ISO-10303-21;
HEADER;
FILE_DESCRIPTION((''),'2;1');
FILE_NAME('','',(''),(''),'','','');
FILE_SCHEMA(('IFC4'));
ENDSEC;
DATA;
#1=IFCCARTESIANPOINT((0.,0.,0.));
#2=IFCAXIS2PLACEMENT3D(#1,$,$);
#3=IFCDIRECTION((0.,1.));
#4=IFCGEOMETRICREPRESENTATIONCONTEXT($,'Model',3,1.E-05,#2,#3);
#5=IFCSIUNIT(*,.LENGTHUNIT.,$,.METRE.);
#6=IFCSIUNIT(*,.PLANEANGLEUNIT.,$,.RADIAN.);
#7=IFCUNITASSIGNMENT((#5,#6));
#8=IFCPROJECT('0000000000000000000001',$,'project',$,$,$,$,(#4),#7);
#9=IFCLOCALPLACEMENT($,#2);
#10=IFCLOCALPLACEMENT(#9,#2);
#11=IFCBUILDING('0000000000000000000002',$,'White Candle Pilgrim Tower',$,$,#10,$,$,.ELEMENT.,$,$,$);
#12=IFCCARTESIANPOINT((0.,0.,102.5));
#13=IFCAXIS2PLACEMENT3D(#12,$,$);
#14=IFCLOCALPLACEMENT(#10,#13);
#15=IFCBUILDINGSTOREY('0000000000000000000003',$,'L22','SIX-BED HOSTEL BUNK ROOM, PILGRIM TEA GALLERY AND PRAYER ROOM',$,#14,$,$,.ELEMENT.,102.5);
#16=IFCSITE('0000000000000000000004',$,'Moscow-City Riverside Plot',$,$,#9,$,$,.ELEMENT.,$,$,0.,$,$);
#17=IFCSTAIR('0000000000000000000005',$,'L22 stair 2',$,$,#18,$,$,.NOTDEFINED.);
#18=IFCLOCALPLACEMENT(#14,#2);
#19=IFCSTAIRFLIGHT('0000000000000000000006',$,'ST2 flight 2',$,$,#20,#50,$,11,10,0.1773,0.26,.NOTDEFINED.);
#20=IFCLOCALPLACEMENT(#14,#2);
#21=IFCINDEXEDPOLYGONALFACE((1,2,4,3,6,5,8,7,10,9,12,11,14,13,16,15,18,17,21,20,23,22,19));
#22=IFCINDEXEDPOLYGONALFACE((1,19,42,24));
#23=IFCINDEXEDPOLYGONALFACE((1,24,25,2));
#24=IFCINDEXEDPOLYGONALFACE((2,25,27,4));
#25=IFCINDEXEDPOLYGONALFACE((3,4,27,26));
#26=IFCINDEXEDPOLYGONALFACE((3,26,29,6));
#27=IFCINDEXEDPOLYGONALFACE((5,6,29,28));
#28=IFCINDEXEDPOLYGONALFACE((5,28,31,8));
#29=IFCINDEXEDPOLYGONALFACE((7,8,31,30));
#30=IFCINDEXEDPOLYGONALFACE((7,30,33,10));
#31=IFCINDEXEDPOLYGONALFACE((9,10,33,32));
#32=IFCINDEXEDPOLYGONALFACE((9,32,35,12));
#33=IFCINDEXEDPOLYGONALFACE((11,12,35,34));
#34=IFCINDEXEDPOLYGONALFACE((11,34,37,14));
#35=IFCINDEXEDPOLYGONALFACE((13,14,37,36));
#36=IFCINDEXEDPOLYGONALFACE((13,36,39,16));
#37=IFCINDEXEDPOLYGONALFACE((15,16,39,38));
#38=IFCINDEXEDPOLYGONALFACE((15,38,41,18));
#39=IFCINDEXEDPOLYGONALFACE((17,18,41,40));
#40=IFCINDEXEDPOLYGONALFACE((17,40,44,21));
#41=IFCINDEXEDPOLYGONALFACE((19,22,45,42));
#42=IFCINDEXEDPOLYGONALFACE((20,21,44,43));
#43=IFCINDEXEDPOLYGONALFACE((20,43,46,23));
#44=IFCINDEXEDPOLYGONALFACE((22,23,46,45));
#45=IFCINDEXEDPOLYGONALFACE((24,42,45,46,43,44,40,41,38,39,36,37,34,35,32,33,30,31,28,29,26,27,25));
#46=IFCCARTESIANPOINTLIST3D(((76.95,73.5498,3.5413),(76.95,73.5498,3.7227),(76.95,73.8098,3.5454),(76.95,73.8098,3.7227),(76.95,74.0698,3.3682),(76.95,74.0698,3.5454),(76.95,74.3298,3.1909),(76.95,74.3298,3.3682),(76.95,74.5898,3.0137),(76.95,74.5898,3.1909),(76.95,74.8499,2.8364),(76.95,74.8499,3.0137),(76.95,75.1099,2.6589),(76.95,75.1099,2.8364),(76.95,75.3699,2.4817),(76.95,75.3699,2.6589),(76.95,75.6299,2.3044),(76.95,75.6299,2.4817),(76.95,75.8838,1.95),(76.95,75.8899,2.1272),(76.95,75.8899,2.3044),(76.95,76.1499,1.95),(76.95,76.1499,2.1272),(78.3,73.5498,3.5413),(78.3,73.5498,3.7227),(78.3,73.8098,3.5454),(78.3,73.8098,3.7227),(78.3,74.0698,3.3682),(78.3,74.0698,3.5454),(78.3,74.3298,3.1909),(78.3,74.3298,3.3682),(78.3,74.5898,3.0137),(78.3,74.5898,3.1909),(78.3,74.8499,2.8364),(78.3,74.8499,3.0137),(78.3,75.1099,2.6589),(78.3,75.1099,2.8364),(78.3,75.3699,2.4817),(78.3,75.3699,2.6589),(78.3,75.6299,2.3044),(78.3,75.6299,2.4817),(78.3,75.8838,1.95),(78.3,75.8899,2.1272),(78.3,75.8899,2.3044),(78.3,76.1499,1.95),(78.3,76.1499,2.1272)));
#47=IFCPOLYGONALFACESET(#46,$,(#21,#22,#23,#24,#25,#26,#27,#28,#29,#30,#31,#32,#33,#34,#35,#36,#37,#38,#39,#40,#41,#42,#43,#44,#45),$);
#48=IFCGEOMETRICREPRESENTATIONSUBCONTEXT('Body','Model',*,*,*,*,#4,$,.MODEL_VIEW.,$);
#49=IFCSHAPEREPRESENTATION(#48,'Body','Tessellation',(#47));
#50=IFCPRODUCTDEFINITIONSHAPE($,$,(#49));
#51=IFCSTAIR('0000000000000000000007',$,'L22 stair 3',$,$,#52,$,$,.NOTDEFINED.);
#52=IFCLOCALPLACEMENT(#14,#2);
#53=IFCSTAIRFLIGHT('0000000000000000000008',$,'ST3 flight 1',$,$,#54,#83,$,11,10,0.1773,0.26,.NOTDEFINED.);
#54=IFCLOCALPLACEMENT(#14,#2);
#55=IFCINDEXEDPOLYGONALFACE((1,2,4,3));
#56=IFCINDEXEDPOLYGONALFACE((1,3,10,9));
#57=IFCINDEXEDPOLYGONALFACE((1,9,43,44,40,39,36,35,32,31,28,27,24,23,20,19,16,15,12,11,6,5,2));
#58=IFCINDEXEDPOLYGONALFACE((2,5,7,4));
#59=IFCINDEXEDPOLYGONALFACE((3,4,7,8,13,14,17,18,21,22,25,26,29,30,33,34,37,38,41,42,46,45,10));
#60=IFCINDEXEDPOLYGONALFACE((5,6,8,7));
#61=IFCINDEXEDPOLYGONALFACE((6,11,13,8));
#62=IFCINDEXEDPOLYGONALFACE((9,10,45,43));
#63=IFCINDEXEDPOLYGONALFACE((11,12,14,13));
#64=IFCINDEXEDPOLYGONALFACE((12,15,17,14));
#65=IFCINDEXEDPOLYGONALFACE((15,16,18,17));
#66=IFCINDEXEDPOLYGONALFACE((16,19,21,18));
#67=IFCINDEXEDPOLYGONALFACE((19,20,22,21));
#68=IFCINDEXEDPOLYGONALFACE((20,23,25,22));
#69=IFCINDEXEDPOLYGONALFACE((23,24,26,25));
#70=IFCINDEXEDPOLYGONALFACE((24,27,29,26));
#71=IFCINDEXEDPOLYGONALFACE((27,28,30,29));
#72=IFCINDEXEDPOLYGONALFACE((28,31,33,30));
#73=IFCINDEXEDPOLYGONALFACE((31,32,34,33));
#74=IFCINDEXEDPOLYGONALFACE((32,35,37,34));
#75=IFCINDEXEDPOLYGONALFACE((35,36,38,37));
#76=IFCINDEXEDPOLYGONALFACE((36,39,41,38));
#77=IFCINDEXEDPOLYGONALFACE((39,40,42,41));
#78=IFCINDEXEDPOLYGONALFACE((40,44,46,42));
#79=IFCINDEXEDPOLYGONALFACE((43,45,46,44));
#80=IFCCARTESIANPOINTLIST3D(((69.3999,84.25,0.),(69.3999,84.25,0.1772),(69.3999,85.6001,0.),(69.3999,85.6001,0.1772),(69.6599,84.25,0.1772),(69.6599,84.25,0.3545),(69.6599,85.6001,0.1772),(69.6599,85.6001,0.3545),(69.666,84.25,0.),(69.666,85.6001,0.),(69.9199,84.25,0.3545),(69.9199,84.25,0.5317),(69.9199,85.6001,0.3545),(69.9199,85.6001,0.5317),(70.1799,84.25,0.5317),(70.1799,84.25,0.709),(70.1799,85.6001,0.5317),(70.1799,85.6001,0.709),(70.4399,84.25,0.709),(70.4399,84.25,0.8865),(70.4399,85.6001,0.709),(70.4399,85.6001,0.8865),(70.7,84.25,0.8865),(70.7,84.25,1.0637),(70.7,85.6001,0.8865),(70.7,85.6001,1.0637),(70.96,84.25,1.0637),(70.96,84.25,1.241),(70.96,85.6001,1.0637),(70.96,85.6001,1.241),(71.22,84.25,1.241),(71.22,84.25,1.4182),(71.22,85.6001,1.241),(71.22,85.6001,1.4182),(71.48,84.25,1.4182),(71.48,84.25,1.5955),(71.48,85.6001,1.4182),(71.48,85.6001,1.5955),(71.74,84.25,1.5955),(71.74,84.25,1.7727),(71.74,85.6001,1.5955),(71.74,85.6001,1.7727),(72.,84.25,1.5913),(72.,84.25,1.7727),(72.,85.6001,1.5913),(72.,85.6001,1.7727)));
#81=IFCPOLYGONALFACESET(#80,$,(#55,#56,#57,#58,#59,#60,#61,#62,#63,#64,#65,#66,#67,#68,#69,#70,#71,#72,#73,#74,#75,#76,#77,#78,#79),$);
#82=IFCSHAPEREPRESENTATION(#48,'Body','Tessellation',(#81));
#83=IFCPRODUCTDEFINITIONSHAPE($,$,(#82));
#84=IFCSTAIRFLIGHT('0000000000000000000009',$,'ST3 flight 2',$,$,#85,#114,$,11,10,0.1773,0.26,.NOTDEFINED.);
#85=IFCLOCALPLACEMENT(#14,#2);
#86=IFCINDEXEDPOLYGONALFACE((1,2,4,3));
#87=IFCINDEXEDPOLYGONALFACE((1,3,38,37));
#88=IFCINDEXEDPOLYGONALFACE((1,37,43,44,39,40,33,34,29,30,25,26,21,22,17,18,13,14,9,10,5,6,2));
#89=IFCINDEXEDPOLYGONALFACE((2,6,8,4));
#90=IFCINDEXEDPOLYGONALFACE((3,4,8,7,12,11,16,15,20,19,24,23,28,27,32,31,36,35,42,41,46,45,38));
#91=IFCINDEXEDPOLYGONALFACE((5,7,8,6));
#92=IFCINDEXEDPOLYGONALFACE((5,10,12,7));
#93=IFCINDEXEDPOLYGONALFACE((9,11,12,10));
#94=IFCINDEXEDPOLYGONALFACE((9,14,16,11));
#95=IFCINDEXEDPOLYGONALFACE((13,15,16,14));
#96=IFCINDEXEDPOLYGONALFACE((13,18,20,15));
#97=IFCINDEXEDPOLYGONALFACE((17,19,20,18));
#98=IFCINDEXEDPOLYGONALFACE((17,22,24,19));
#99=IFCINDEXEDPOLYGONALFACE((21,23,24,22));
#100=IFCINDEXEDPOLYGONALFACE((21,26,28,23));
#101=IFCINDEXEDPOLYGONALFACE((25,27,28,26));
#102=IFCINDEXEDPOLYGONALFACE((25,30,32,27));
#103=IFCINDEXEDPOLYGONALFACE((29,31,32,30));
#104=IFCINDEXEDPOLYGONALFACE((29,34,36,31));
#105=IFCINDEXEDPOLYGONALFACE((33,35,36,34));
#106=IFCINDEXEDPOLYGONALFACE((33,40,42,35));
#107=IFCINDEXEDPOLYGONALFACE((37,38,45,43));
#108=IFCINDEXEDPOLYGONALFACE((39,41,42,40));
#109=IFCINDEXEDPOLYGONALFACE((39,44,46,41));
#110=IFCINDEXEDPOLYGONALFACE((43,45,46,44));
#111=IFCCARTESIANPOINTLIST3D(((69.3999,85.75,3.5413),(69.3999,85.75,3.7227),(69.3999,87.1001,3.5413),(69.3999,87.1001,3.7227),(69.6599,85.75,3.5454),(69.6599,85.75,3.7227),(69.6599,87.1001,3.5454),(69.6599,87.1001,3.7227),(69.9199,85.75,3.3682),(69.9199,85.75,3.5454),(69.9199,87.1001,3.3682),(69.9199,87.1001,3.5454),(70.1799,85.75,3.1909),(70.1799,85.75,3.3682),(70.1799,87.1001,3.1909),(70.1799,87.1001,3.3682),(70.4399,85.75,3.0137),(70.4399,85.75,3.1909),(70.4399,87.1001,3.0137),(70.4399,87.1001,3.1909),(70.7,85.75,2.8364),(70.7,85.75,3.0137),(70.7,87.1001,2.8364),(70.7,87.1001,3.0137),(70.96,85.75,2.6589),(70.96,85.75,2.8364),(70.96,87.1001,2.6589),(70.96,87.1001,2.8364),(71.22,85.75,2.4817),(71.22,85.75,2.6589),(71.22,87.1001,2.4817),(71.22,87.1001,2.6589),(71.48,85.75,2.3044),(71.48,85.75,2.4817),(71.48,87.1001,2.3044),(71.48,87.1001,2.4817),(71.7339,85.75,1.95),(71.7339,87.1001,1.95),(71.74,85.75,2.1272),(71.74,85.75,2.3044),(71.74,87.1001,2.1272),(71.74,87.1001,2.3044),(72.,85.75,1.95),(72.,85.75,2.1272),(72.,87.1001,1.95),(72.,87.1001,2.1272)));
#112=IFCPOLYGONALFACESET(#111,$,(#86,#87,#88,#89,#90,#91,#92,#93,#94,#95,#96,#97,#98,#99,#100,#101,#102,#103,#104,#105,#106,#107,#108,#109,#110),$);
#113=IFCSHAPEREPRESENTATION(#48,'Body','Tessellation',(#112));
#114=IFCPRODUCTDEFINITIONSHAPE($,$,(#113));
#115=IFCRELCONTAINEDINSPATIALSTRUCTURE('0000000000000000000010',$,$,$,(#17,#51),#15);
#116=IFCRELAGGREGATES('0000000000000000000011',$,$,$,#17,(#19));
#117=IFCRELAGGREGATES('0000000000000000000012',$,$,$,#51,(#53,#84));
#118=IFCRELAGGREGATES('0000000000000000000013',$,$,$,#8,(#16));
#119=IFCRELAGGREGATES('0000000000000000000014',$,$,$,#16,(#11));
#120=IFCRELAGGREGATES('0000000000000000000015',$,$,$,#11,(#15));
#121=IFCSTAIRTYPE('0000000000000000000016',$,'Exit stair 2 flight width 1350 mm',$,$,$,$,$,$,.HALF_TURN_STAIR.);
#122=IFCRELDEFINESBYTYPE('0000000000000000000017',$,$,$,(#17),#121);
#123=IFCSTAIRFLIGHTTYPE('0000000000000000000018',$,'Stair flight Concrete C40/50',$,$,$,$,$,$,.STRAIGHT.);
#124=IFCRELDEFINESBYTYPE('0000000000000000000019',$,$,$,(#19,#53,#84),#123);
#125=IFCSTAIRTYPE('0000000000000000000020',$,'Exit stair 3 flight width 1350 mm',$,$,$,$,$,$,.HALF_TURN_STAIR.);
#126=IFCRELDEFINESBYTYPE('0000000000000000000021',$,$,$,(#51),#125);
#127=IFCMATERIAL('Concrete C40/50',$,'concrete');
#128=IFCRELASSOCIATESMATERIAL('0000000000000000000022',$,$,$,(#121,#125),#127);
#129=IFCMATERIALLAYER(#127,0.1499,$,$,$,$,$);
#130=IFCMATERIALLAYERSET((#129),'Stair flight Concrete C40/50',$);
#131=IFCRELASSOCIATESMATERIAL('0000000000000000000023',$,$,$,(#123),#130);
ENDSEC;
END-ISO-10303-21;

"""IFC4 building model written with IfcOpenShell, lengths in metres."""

from ifc_helpers import new_model, si_unit, direction, frame, origin, place, context, subcontext, project, spatial, polyline, outline, extrude, material, layer, layer_set, type_object, element, aggregate, save


model = new_model("IFC4")

# Units and contexts
model_context = context("Model", 3, precision=1e-05, world=origin(), true_north=direction((0.0, 1.0)))
body_context = subcontext(model_context, "Body", "Model", "MODEL_VIEW")
ifc_project = project(units=[si_unit("LENGTHUNIT", "METRE"), si_unit("PLANEANGLEUNIT", "RADIAN")], contexts=[model_context])

# Site, building, storey
site_placement = place(None, origin())
site = spatial("IfcSite", under=ifc_project, at=site_placement, Name="Moscow-City Riverside Plot", CompositionType="ELEMENT", RefElevation=0.0)
building_placement = place(site_placement, origin())
building = spatial("IfcBuilding", under=site, at=building_placement, Name="White Candle Pilgrim Tower", CompositionType="ELEMENT")
storey_placement = place(building_placement, frame((0.0, 0.0, 102.5)))
storey = spatial("IfcBuildingStorey", under=building, at=storey_placement, Name="L22", Description="SIX-BED HOSTEL BUNK ROOM, PILGRIM TEA GALLERY AND PRAYER ROOM", CompositionType="ELEMENT", Elevation=102.5)

# Stair, stair flight
ifc_material_1 = material(Name="Concrete C40/50", Category="concrete")
stair_type_1 = type_object("IfcStairType", Name="Exit stair 2 flight width 1350 mm", PredefinedType="HALF_TURN_STAIR", material=ifc_material_1)
stair_1_placement = place(storey_placement, origin())
stair_1 = element("IfcStair", 1, at=stair_1_placement, inside=storey, type_object=stair_type_1, Name="L22 stair 2", PredefinedType="NOTDEFINED")
ifc_layer_1 = layer(ifc_material_1, 0.1499)
ifc_layer_set_1 = layer_set([ifc_layer_1], Name="Stair flight Concrete C40/50")
stair_flight_type = type_object("IfcStairFlightType", Name="Stair flight Concrete C40/50", PredefinedType="STRAIGHT", material=ifc_layer_set_1)
stair_flight_1_placement = place(storey_placement, frame((77.625, 76.1499, 1.95), z_axis=(0.0, 0.0, 1.0), x_axis=(0.0, -1.0, 0.0)))
stair_flight_1 = element("IfcStairFlight", 2, at=stair_flight_1_placement, type_object=stair_flight_type, Name="ST2 flight 2", NumberOfRisers=11, NumberOfTreads=10, PredefinedType="NOTDEFINED", RiserHeight=0.1773, TreadLength=0.26, context=body_context, shape_type="SweptSolid", body=[
    extrude(outline(polyline([(0.0, 0.0), (0.0, 0.1772), (0.26, 0.1772), (0.26, 0.3545), (0.52, 0.3545), (0.52, 0.5317), (0.78, 0.5317), (0.78, 0.709), (1.04, 0.709), (1.04, 0.8865), (1.3, 0.8865), (1.3, 1.0637), (1.5601, 1.0637), (1.5601, 1.241), (1.8201, 1.241), (1.8201, 1.4182), (2.0801, 1.4182), (2.0801, 1.5955), (2.3401, 1.5955), (2.3401, 1.7727), (2.6001, 1.7727), (2.6001, 1.95), (2.6001, 1.5913), (0.2661, 0.0), (0.0, 0.0)])), frame((0.0, 0.675, 0.0), z_axis=(0.0, -1.0, 0.0), x_axis=(1.0, 0.0, 0.0)), (0.0, 0.0, 1.0), 1.3501),
])
aggregate(stair_1, [stair_flight_1])

# Stair, stair flights
stair_type_2 = type_object("IfcStairType", Name="Exit stair 3 flight width 1350 mm", PredefinedType="HALF_TURN_STAIR", material=ifc_material_1)
stair_2_placement = place(storey_placement, origin())
stair_2 = element("IfcStair", 3, at=stair_2_placement, inside=storey, type_object=stair_type_2, Name="L22 stair 3", PredefinedType="NOTDEFINED")
stair_flight_2_placement = place(storey_placement, frame((69.3999, 84.925, 0.0), z_axis=(0.0, 0.0, 1.0), x_axis=(1.0, 0.0, 0.0)))
stair_flight_2 = element("IfcStairFlight", 4, at=stair_flight_2_placement, type_object=stair_flight_type, Name="ST3 flight 1", NumberOfRisers=11, NumberOfTreads=10, PredefinedType="NOTDEFINED", RiserHeight=0.1773, TreadLength=0.26, context=body_context, shape_type="SweptSolid", body=[
    extrude(outline(polyline([(0.0, 0.0), (0.0, 0.1772), (0.26, 0.1772), (0.26, 0.3545), (0.52, 0.3545), (0.52, 0.5317), (0.78, 0.5317), (0.78, 0.709), (1.04, 0.709), (1.04, 0.8865), (1.3, 0.8865), (1.3, 1.0637), (1.5601, 1.0637), (1.5601, 1.241), (1.8201, 1.241), (1.8201, 1.4182), (2.0801, 1.4182), (2.0801, 1.5955), (2.3401, 1.5955), (2.3401, 1.7727), (2.6001, 1.7727), (2.6001, 1.95), (2.6001, 1.5913), (0.2661, 0.0), (0.0, 0.0)])), frame((0.0, 0.675, 0.0), z_axis=(0.0, -1.0, 0.0), x_axis=(1.0, 0.0, 0.0)), (0.0, 0.0, 1.0), 1.3501),
])
stair_flight_3_placement = place(storey_placement, frame((72.0, 86.425, 1.95), z_axis=(0.0, 0.0, 1.0), x_axis=(-1.0, 0.0, 0.0)))
stair_flight_3 = element("IfcStairFlight", 5, at=stair_flight_3_placement, type_object=stair_flight_type, Name="ST3 flight 2", NumberOfRisers=11, NumberOfTreads=10, PredefinedType="NOTDEFINED", RiserHeight=0.1773, TreadLength=0.26, context=body_context, shape_type="SweptSolid", body=[
    extrude(outline(polyline([(0.0, 0.0), (0.0, 0.1772), (0.26, 0.1772), (0.26, 0.3545), (0.52, 0.3545), (0.52, 0.5317), (0.78, 0.5317), (0.78, 0.709), (1.04, 0.709), (1.04, 0.8865), (1.3, 0.8865), (1.3, 1.0637), (1.5601, 1.0637), (1.5601, 1.241), (1.8201, 1.241), (1.8201, 1.4182), (2.0801, 1.4182), (2.0801, 1.5955), (2.3401, 1.5955), (2.3401, 1.7727), (2.6001, 1.7727), (2.6001, 1.95), (2.6001, 1.5913), (0.2661, 0.0), (0.0, 0.0)])), frame((0.0, 0.675, 0.0), z_axis=(0.0, -1.0, 0.0), x_axis=(1.0, 0.0, 0.0)), (0.0, 0.0, 1.0), 1.3501),
])
aggregate(stair_2, [stair_flight_2, stair_flight_3])

save(model, "model.ifc")
